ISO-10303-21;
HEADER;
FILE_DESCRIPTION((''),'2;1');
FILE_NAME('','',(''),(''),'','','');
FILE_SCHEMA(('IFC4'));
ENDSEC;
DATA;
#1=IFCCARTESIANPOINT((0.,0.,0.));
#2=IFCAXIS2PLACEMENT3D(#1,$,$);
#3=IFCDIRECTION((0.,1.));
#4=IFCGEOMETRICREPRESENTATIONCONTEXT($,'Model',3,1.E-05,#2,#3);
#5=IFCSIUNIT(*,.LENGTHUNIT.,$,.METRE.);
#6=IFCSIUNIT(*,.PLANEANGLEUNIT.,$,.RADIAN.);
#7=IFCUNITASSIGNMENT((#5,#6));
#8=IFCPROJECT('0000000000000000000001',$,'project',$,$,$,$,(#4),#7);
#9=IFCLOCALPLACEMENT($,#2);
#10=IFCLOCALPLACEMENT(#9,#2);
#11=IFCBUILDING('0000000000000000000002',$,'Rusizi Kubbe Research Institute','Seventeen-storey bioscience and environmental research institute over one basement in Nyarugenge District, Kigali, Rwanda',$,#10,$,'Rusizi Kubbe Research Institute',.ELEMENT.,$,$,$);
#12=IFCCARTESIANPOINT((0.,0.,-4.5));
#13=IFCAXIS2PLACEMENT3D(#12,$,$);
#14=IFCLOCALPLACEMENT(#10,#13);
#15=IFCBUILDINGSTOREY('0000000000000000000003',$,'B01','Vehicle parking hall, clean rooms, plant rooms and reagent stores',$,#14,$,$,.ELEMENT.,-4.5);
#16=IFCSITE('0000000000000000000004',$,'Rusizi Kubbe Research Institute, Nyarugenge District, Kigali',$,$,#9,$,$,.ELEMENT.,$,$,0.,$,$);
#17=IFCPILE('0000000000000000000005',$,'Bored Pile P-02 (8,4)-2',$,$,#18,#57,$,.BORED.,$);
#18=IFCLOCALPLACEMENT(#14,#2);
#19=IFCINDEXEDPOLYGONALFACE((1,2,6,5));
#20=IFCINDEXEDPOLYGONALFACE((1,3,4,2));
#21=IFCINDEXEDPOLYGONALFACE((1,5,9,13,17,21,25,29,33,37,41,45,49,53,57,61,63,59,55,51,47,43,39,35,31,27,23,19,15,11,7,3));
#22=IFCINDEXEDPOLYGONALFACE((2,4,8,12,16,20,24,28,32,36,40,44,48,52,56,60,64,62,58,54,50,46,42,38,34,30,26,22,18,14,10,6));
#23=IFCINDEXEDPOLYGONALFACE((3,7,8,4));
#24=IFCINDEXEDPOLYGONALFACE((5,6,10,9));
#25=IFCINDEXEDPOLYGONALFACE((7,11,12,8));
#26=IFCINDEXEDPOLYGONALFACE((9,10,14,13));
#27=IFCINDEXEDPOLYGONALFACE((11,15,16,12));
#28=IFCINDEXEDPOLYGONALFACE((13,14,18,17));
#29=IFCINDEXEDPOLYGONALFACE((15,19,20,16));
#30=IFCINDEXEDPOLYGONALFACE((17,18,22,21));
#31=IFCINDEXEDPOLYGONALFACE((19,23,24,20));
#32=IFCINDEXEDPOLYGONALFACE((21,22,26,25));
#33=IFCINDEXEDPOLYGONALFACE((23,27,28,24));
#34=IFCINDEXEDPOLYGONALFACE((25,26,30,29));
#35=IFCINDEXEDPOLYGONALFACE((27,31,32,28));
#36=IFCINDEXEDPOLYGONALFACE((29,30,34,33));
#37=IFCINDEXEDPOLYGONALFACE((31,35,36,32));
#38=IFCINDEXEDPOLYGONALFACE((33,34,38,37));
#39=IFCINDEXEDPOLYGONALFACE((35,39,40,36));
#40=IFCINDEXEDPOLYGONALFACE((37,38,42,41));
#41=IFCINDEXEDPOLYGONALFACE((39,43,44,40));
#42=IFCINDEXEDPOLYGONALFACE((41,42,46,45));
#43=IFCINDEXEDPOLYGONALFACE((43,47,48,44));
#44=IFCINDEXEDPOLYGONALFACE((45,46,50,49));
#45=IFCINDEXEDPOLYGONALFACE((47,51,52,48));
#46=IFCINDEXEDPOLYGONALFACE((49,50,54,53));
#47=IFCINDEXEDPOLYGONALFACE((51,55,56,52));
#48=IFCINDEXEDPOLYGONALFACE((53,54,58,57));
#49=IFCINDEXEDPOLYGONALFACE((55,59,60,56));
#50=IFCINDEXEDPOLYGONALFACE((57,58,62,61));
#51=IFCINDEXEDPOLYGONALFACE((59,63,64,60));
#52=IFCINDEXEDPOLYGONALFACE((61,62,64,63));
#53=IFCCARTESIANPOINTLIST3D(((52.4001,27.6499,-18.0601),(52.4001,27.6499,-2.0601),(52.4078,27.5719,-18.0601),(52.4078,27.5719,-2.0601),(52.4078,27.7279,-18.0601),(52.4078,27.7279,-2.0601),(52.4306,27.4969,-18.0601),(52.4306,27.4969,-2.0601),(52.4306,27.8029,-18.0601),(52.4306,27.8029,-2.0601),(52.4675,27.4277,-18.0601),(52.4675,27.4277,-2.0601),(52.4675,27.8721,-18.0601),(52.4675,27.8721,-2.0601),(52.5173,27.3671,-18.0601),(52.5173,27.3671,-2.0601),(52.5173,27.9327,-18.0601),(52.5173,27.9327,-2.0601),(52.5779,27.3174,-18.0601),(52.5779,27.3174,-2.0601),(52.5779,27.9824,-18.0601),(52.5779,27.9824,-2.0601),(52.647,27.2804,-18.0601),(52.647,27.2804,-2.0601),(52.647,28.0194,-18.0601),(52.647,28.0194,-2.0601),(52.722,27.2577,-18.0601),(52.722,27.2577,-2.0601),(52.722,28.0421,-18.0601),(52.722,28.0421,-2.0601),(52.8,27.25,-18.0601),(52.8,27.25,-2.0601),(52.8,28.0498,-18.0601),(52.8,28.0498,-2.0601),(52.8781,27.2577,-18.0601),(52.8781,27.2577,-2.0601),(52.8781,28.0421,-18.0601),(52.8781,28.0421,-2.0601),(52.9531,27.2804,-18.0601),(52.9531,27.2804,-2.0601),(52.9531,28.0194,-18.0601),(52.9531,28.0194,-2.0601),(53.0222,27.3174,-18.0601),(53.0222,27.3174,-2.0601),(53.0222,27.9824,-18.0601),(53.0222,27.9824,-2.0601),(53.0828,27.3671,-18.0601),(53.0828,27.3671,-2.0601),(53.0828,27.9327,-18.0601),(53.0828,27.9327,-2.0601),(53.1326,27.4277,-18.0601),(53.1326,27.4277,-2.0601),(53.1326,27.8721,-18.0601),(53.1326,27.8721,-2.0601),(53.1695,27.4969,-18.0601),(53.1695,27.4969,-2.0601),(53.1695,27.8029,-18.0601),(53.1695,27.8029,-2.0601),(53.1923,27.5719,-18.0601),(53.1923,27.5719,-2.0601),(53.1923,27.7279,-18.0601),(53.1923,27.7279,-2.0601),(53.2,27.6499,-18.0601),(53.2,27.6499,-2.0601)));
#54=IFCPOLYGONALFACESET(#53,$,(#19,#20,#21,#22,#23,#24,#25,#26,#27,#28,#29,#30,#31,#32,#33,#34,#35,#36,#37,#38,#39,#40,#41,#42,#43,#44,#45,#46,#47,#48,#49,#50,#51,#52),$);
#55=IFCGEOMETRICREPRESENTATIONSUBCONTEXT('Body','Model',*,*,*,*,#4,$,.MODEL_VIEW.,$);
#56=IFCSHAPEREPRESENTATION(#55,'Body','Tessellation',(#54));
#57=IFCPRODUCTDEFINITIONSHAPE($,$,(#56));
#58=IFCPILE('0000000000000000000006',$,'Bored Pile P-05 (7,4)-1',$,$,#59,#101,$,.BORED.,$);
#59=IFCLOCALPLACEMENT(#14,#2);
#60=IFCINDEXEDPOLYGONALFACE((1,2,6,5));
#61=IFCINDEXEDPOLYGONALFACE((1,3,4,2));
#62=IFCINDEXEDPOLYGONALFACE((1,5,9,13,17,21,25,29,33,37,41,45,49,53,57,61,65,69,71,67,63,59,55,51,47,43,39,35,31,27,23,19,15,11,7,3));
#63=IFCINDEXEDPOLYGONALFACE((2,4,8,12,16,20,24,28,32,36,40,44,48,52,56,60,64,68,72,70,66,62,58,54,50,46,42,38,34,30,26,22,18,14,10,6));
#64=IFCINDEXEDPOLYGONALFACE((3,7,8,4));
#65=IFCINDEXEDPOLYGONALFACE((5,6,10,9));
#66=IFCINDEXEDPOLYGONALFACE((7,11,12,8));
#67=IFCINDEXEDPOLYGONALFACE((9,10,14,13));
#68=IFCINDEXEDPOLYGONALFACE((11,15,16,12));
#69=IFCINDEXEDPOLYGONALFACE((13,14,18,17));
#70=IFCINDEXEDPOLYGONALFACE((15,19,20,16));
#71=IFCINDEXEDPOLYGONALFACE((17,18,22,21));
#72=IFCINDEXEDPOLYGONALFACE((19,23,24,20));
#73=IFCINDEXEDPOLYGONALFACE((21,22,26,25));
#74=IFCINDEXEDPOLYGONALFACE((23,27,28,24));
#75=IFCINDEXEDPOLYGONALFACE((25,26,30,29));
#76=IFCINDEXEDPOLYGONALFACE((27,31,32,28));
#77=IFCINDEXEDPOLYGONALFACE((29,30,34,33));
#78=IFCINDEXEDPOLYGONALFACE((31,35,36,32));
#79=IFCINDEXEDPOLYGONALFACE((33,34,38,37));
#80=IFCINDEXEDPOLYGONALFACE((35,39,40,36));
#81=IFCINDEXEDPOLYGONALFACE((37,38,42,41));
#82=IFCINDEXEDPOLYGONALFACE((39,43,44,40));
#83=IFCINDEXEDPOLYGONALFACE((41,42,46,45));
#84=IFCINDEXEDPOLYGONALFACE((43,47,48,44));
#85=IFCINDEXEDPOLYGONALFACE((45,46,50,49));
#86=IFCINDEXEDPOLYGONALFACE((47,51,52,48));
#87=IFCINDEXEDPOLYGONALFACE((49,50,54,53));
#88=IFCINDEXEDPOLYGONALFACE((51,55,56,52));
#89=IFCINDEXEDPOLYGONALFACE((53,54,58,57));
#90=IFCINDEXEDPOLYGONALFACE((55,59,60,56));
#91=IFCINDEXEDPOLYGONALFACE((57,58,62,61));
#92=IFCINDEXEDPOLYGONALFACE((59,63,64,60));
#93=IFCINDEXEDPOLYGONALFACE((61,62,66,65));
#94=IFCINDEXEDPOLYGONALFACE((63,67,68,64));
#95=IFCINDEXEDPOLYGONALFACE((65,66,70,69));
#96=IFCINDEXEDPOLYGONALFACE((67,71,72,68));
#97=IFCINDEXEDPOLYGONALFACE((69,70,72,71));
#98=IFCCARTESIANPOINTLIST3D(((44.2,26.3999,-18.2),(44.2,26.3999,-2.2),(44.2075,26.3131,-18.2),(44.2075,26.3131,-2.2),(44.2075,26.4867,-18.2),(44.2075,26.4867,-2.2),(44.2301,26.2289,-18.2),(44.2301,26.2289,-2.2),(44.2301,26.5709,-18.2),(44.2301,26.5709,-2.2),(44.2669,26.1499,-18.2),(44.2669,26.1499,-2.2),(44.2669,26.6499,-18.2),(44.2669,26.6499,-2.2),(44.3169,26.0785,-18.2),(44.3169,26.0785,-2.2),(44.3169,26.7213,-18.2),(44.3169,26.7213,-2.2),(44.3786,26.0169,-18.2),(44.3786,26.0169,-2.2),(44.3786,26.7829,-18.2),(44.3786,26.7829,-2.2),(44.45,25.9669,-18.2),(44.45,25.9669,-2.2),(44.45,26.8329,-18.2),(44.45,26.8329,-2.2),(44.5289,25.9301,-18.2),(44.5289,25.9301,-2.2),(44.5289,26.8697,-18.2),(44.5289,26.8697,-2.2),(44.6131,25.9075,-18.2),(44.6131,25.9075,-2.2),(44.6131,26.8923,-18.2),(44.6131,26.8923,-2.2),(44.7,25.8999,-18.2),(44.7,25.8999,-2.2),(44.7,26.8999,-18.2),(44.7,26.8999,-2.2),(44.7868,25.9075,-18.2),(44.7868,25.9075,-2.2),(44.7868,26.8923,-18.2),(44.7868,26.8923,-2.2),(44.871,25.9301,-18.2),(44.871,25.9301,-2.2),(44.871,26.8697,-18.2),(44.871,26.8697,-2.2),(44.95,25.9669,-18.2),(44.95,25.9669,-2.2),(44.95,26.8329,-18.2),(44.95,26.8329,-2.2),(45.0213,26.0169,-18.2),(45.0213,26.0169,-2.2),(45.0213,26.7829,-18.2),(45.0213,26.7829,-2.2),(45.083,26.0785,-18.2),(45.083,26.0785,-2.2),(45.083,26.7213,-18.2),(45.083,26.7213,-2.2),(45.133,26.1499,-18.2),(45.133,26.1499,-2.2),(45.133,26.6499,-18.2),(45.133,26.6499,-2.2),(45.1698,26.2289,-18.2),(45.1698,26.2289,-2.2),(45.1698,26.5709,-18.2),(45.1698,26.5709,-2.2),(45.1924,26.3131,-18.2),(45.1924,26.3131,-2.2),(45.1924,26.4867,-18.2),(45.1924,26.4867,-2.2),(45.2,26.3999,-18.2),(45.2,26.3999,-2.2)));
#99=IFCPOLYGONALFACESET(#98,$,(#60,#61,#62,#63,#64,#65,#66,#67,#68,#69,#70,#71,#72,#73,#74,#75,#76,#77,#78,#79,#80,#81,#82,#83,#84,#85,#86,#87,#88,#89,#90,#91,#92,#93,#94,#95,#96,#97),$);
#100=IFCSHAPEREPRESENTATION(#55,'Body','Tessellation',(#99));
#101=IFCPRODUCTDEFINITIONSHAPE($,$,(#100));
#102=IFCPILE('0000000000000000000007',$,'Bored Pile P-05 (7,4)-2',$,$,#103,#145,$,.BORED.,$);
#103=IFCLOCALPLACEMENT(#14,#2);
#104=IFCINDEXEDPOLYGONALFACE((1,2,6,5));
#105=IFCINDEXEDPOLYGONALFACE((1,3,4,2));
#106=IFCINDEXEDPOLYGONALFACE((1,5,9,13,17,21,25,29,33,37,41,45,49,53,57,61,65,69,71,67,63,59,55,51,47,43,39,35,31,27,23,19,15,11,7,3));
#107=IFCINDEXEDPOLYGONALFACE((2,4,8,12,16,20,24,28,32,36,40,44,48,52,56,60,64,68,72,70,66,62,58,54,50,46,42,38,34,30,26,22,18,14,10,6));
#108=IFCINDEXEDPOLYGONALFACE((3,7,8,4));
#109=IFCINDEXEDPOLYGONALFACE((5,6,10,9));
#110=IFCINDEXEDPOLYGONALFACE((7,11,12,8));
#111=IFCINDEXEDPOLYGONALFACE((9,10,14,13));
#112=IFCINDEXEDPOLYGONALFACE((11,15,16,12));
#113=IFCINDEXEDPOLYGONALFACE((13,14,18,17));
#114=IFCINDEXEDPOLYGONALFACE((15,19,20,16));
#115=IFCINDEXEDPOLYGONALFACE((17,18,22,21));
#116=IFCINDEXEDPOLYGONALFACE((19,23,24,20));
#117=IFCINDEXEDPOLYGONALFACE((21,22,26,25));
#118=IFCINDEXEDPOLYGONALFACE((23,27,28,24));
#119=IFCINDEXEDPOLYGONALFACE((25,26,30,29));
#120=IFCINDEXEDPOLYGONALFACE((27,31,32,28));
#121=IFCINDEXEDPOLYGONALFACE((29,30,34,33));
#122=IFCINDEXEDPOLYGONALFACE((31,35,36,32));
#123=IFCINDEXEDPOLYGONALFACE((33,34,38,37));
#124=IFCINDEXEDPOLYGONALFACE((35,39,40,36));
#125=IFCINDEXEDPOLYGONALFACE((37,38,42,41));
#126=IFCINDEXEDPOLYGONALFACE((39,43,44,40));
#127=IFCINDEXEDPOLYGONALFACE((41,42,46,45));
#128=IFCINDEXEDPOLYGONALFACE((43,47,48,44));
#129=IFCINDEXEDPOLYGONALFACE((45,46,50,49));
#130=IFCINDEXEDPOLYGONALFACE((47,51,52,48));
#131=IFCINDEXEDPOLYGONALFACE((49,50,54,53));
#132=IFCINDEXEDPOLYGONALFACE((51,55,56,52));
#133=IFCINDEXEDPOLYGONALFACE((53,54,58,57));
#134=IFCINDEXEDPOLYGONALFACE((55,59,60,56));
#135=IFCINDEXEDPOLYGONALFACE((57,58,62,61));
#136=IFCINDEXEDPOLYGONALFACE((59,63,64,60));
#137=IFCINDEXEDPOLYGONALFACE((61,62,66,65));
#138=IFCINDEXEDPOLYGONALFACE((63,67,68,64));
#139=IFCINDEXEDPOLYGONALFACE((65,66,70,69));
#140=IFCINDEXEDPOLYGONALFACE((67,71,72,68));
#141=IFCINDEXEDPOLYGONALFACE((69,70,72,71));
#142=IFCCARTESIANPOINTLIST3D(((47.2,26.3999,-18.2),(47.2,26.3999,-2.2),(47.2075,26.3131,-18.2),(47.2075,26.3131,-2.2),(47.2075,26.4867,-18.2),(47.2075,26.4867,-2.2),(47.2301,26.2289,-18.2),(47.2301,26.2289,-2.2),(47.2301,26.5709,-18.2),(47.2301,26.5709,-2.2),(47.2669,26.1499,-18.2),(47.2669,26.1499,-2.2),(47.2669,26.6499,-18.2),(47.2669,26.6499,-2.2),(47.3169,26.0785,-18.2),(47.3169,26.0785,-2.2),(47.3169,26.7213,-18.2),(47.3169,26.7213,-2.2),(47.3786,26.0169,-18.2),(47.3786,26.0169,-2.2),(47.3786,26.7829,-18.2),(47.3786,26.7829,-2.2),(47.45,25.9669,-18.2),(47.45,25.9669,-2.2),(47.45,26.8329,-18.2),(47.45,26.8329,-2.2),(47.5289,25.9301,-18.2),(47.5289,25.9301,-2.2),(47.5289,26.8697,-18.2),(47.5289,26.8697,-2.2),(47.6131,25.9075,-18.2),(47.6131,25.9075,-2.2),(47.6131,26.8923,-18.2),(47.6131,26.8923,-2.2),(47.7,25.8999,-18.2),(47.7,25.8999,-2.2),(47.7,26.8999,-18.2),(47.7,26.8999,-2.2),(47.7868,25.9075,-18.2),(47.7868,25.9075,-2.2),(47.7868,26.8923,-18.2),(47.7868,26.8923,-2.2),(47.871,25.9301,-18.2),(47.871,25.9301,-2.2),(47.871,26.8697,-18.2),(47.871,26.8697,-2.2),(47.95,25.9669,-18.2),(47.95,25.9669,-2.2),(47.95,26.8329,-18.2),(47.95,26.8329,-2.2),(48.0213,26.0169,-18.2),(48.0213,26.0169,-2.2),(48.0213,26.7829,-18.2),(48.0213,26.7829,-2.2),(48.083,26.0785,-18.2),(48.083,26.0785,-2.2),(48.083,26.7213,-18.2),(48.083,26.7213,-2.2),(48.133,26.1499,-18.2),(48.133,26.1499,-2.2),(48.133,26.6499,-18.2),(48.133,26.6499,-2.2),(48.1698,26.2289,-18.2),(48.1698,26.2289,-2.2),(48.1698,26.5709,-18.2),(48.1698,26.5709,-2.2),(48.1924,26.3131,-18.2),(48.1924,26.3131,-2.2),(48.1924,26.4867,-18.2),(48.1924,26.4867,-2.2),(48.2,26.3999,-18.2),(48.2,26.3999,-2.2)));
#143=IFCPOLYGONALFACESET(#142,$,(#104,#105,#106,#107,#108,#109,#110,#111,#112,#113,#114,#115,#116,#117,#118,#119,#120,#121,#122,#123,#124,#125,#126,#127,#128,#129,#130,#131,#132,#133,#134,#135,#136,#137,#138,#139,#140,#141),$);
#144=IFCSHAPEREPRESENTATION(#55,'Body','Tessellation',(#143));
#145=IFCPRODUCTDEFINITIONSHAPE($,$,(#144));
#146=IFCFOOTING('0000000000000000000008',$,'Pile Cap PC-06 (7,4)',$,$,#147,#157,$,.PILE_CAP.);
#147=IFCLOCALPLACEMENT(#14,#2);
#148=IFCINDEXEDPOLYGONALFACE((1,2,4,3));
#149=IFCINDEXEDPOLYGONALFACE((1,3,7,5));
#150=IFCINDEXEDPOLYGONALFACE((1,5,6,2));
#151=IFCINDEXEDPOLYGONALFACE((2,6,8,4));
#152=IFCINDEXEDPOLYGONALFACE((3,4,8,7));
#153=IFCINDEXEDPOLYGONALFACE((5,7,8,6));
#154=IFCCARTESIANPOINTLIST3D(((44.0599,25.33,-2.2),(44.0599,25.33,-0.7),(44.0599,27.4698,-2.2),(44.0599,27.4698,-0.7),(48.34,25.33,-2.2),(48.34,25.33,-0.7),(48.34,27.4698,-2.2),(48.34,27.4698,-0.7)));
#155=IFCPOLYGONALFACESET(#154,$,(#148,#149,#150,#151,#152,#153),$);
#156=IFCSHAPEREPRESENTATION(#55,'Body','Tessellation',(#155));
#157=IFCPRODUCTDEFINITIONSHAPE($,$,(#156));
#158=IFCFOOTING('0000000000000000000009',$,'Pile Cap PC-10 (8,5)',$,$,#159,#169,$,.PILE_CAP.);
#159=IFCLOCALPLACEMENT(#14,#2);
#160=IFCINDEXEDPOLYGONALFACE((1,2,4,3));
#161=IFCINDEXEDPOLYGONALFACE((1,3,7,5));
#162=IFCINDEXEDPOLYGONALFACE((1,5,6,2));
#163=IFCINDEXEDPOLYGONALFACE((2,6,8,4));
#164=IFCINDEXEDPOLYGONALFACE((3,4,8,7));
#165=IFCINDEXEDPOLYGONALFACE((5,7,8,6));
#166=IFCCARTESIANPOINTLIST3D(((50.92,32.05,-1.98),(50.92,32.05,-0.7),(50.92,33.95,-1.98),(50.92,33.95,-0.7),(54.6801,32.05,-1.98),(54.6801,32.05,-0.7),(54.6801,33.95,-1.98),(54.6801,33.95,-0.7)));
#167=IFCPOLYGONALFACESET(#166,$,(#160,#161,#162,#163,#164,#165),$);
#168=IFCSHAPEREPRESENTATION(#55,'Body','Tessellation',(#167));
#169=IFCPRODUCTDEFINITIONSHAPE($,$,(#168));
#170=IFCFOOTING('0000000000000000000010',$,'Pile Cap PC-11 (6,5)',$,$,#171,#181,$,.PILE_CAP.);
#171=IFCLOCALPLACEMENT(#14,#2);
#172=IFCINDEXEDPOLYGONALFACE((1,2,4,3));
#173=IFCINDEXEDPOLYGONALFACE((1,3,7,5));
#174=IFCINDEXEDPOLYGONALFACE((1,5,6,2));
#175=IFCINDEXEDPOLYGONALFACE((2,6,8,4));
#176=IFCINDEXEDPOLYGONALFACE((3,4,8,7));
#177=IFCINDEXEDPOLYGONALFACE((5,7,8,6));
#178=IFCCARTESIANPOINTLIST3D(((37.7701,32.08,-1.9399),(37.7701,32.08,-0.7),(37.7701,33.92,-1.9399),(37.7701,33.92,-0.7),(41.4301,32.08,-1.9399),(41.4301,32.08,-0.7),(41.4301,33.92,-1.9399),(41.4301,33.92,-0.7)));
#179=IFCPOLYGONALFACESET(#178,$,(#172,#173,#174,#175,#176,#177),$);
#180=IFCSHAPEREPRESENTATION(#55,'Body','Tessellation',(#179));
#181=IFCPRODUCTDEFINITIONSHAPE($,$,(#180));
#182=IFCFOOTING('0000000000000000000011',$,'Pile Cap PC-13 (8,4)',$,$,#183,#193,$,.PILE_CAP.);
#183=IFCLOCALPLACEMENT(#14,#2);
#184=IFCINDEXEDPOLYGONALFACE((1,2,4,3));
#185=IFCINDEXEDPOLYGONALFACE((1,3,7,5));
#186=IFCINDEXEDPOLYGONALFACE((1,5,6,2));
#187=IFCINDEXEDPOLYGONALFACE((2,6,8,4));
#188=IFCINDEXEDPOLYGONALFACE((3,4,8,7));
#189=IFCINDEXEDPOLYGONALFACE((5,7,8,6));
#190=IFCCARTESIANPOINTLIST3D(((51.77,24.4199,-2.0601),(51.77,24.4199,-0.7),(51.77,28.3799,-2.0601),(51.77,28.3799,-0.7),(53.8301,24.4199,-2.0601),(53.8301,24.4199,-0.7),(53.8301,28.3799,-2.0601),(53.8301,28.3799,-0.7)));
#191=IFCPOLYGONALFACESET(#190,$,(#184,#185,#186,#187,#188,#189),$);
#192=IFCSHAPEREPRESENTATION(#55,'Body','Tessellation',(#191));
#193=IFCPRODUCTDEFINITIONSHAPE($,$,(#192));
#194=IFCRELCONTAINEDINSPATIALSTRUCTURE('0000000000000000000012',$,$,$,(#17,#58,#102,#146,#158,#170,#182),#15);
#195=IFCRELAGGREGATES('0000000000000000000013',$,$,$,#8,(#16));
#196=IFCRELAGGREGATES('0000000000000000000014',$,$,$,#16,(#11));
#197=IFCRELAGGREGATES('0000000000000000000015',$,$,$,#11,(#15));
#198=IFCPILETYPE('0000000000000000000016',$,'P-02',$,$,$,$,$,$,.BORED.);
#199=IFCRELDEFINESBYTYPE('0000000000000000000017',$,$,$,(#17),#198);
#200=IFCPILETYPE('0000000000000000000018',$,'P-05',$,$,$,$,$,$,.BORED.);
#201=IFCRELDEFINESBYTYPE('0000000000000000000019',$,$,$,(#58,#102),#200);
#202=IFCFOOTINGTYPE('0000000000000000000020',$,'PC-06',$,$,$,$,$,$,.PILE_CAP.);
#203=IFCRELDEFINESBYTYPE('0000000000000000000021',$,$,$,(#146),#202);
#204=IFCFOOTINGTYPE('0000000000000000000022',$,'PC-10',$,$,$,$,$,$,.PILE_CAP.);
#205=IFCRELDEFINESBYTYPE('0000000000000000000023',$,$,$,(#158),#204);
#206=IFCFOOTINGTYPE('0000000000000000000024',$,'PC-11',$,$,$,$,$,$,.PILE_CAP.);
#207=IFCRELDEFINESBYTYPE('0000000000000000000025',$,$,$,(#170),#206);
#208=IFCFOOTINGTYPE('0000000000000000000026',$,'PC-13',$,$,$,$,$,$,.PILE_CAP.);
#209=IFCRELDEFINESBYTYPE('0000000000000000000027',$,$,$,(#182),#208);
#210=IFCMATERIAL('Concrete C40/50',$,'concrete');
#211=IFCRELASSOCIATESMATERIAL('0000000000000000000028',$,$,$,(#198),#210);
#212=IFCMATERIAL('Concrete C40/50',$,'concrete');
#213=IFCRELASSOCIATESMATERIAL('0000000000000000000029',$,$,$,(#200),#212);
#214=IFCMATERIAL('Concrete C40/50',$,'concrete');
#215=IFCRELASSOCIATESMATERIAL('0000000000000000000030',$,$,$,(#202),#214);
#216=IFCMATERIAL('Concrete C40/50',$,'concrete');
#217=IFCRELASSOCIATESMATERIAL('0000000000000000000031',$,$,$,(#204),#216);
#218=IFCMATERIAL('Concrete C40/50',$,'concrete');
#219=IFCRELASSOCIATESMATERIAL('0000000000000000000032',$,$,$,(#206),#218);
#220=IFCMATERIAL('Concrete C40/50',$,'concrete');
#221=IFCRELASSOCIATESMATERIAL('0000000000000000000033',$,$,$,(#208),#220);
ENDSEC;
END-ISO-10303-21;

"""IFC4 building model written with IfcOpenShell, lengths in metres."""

from ifc_helpers import new_model, si_unit, direction, frame, origin, origin_2d, place, context, subcontext, project, spatial, rectangle, circle, extrude, material, material_profile, profile_set, type_object, element, save


model = new_model("IFC4")

# Units and contexts
model_context = context("Model", 3, precision=1e-05, world=origin(), true_north=direction((0.0, 1.0)))
body_context = subcontext(model_context, "Body", "Model", "MODEL_VIEW")
ifc_project = project(units=[si_unit("LENGTHUNIT", "METRE"), si_unit("PLANEANGLEUNIT", "RADIAN")], contexts=[model_context])

# Site, building, storey
site_placement = place(None, origin())
site = spatial("IfcSite", under=ifc_project, at=site_placement, Name="Rusizi Kubbe Research Institute, Nyarugenge District, Kigali", CompositionType="ELEMENT", RefElevation=0.0)
building_placement = place(site_placement, origin())
building = spatial("IfcBuilding", under=site, at=building_placement, Name="Rusizi Kubbe Research Institute", Description="Seventeen-storey bioscience and environmental research institute over one basement in Nyarugenge District, Kigali, Rwanda", LongName="Rusizi Kubbe Research Institute", CompositionType="ELEMENT")
storey_placement = place(building_placement, frame((0.0, 0.0, -4.5)))
storey = spatial("IfcBuildingStorey", under=building, at=storey_placement, Name="B01", Description="Vehicle parking hall, clean rooms, plant rooms and reagent stores", CompositionType="ELEMENT", Elevation=-4.5)

# Piles
ifc_material_1 = material(Name="Concrete C40/50", Category="concrete")
ifc_material_profile_1 = material_profile(ifc_material_1, circle(Radius=0.3999, at=origin_2d()), Name="PILE-D800")
ifc_profile_set_1 = profile_set([ifc_material_profile_1], Name="Concrete C40/50")
pile_type_1 = type_object("IfcPileType", Name="P-02", PredefinedType="BORED", material=ifc_profile_set_1)
pile_placement = place(storey_placement, frame((52.8, 27.6499, -2.0601), z_axis=(0.0, 0.0, -1.0), x_axis=(1.0, 0.0, 0.0)))
element("IfcPile", 1, at=pile_placement, inside=storey, type_object=pile_type_1, Name="Bored Pile P-02 (8,4)-2", PredefinedType="BORED", context=body_context, shape_type="SweptSolid", body=[
    extrude(circle(Radius=0.3999, at=origin_2d()), origin(), (0.0, 0.0, 1.0), 16.0),
])
ifc_material_2 = material(Name="Concrete C40/50", Category="concrete")
ifc_material_profile_2 = material_profile(ifc_material_2, circle(Radius=0.5, at=origin_2d()), Name="PILE-D1000")
ifc_profile_set_2 = profile_set([ifc_material_profile_2], Name="Concrete C40/50")
pile_type_2 = type_object("IfcPileType", Name="P-05", PredefinedType="BORED", material=ifc_profile_set_2)
for number, where, z_axis, x_axis, name in (
    (2, (44.7, 26.3999, -2.2), (0.0, 0.0, -1.0), (1.0, 0.0, 0.0), "Bored Pile P-05 (7,4)-1"),
    (3, (47.7, 26.3999, -2.2), (0.0, 0.0, -1.0), (1.0, 0.0, 0.0), "Bored Pile P-05 (7,4)-2"),
):
    element("IfcPile", number, at=place(storey_placement, frame(where, z_axis=z_axis, x_axis=x_axis)), inside=storey, type_object=pile_type_2, Name=name, PredefinedType="BORED", context=body_context, shape_type="SweptSolid", body=[
        extrude(circle(Radius=0.5, at=origin_2d()), origin(), (0.0, 0.0, 1.0), 16.0),
    ])

# Footings
ifc_material_3 = material(Name="Concrete C40/50", Category="concrete")
footing_type_1 = type_object("IfcFootingType", Name="PC-06", PredefinedType="PILE_CAP", material=ifc_material_3)
footing_1_placement = place(storey_placement, frame((46.2, 26.3999, -2.2), z_axis=(0.0, 0.0, 1.0), x_axis=(1.0, 0.0, 0.0)))
element("IfcFooting", 4, at=footing_1_placement, inside=storey, type_object=footing_type_1, Name="Pile Cap PC-06 (7,4)", PredefinedType="PILE_CAP", context=body_context, shape_type="SweptSolid", body=[
    extrude(rectangle(XDim=4.28, YDim=2.1399, at=origin_2d()), origin(), (0.0, 0.0, 1.0), 1.5),
])
ifc_material_4 = material(Name="Concrete C40/50", Category="concrete")
footing_type_2 = type_object("IfcFootingType", Name="PC-10", PredefinedType="PILE_CAP", material=ifc_material_4)
footing_2_placement = place(storey_placement, frame((52.8, 33.0, -1.98), z_axis=(0.0, 0.0, 1.0), x_axis=(1.0, 0.0, 0.0)))
element("IfcFooting", 5, at=footing_2_placement, inside=storey, type_object=footing_type_2, Name="Pile Cap PC-10 (8,5)", PredefinedType="PILE_CAP", context=body_context, shape_type="SweptSolid", body=[
    extrude(rectangle(XDim=3.76, YDim=1.8999, at=origin_2d()), origin(), (0.0, 0.0, 1.0), 1.28),
])
ifc_material_5 = material(Name="Concrete C40/50", Category="concrete")
footing_type_3 = type_object("IfcFootingType", Name="PC-11", PredefinedType="PILE_CAP", material=ifc_material_5)
footing_3_placement = place(storey_placement, frame((39.6001, 33.0, -1.9399), z_axis=(0.0, 0.0, 1.0), x_axis=(1.0, 0.0, 0.0)))
element("IfcFooting", 6, at=footing_3_placement, inside=storey, type_object=footing_type_3, Name="Pile Cap PC-11 (6,5)", PredefinedType="PILE_CAP", context=body_context, shape_type="SweptSolid", body=[
    extrude(rectangle(XDim=3.6599, YDim=1.8401, at=origin_2d()), origin(), (0.0, 0.0, 1.0), 1.24),
])
ifc_material_6 = material(Name="Concrete C40/50", Category="concrete")
footing_type_4 = type_object("IfcFootingType", Name="PC-13", PredefinedType="PILE_CAP", material=ifc_material_6)
footing_4_placement = place(storey_placement, frame((52.8, 26.3999, -2.0601), z_axis=(0.0, 0.0, 1.0), x_axis=(1.0, 0.0, 0.0)))
element("IfcFooting", 7, at=footing_4_placement, inside=storey, type_object=footing_type_4, Name="Pile Cap PC-13 (8,4)", PredefinedType="PILE_CAP", context=body_context, shape_type="SweptSolid", body=[
    extrude(rectangle(XDim=2.0601, YDim=3.96, at=origin_2d()), origin(), (0.0, 0.0, 1.0), 1.3601),
])

save(model, "model.ifc")
